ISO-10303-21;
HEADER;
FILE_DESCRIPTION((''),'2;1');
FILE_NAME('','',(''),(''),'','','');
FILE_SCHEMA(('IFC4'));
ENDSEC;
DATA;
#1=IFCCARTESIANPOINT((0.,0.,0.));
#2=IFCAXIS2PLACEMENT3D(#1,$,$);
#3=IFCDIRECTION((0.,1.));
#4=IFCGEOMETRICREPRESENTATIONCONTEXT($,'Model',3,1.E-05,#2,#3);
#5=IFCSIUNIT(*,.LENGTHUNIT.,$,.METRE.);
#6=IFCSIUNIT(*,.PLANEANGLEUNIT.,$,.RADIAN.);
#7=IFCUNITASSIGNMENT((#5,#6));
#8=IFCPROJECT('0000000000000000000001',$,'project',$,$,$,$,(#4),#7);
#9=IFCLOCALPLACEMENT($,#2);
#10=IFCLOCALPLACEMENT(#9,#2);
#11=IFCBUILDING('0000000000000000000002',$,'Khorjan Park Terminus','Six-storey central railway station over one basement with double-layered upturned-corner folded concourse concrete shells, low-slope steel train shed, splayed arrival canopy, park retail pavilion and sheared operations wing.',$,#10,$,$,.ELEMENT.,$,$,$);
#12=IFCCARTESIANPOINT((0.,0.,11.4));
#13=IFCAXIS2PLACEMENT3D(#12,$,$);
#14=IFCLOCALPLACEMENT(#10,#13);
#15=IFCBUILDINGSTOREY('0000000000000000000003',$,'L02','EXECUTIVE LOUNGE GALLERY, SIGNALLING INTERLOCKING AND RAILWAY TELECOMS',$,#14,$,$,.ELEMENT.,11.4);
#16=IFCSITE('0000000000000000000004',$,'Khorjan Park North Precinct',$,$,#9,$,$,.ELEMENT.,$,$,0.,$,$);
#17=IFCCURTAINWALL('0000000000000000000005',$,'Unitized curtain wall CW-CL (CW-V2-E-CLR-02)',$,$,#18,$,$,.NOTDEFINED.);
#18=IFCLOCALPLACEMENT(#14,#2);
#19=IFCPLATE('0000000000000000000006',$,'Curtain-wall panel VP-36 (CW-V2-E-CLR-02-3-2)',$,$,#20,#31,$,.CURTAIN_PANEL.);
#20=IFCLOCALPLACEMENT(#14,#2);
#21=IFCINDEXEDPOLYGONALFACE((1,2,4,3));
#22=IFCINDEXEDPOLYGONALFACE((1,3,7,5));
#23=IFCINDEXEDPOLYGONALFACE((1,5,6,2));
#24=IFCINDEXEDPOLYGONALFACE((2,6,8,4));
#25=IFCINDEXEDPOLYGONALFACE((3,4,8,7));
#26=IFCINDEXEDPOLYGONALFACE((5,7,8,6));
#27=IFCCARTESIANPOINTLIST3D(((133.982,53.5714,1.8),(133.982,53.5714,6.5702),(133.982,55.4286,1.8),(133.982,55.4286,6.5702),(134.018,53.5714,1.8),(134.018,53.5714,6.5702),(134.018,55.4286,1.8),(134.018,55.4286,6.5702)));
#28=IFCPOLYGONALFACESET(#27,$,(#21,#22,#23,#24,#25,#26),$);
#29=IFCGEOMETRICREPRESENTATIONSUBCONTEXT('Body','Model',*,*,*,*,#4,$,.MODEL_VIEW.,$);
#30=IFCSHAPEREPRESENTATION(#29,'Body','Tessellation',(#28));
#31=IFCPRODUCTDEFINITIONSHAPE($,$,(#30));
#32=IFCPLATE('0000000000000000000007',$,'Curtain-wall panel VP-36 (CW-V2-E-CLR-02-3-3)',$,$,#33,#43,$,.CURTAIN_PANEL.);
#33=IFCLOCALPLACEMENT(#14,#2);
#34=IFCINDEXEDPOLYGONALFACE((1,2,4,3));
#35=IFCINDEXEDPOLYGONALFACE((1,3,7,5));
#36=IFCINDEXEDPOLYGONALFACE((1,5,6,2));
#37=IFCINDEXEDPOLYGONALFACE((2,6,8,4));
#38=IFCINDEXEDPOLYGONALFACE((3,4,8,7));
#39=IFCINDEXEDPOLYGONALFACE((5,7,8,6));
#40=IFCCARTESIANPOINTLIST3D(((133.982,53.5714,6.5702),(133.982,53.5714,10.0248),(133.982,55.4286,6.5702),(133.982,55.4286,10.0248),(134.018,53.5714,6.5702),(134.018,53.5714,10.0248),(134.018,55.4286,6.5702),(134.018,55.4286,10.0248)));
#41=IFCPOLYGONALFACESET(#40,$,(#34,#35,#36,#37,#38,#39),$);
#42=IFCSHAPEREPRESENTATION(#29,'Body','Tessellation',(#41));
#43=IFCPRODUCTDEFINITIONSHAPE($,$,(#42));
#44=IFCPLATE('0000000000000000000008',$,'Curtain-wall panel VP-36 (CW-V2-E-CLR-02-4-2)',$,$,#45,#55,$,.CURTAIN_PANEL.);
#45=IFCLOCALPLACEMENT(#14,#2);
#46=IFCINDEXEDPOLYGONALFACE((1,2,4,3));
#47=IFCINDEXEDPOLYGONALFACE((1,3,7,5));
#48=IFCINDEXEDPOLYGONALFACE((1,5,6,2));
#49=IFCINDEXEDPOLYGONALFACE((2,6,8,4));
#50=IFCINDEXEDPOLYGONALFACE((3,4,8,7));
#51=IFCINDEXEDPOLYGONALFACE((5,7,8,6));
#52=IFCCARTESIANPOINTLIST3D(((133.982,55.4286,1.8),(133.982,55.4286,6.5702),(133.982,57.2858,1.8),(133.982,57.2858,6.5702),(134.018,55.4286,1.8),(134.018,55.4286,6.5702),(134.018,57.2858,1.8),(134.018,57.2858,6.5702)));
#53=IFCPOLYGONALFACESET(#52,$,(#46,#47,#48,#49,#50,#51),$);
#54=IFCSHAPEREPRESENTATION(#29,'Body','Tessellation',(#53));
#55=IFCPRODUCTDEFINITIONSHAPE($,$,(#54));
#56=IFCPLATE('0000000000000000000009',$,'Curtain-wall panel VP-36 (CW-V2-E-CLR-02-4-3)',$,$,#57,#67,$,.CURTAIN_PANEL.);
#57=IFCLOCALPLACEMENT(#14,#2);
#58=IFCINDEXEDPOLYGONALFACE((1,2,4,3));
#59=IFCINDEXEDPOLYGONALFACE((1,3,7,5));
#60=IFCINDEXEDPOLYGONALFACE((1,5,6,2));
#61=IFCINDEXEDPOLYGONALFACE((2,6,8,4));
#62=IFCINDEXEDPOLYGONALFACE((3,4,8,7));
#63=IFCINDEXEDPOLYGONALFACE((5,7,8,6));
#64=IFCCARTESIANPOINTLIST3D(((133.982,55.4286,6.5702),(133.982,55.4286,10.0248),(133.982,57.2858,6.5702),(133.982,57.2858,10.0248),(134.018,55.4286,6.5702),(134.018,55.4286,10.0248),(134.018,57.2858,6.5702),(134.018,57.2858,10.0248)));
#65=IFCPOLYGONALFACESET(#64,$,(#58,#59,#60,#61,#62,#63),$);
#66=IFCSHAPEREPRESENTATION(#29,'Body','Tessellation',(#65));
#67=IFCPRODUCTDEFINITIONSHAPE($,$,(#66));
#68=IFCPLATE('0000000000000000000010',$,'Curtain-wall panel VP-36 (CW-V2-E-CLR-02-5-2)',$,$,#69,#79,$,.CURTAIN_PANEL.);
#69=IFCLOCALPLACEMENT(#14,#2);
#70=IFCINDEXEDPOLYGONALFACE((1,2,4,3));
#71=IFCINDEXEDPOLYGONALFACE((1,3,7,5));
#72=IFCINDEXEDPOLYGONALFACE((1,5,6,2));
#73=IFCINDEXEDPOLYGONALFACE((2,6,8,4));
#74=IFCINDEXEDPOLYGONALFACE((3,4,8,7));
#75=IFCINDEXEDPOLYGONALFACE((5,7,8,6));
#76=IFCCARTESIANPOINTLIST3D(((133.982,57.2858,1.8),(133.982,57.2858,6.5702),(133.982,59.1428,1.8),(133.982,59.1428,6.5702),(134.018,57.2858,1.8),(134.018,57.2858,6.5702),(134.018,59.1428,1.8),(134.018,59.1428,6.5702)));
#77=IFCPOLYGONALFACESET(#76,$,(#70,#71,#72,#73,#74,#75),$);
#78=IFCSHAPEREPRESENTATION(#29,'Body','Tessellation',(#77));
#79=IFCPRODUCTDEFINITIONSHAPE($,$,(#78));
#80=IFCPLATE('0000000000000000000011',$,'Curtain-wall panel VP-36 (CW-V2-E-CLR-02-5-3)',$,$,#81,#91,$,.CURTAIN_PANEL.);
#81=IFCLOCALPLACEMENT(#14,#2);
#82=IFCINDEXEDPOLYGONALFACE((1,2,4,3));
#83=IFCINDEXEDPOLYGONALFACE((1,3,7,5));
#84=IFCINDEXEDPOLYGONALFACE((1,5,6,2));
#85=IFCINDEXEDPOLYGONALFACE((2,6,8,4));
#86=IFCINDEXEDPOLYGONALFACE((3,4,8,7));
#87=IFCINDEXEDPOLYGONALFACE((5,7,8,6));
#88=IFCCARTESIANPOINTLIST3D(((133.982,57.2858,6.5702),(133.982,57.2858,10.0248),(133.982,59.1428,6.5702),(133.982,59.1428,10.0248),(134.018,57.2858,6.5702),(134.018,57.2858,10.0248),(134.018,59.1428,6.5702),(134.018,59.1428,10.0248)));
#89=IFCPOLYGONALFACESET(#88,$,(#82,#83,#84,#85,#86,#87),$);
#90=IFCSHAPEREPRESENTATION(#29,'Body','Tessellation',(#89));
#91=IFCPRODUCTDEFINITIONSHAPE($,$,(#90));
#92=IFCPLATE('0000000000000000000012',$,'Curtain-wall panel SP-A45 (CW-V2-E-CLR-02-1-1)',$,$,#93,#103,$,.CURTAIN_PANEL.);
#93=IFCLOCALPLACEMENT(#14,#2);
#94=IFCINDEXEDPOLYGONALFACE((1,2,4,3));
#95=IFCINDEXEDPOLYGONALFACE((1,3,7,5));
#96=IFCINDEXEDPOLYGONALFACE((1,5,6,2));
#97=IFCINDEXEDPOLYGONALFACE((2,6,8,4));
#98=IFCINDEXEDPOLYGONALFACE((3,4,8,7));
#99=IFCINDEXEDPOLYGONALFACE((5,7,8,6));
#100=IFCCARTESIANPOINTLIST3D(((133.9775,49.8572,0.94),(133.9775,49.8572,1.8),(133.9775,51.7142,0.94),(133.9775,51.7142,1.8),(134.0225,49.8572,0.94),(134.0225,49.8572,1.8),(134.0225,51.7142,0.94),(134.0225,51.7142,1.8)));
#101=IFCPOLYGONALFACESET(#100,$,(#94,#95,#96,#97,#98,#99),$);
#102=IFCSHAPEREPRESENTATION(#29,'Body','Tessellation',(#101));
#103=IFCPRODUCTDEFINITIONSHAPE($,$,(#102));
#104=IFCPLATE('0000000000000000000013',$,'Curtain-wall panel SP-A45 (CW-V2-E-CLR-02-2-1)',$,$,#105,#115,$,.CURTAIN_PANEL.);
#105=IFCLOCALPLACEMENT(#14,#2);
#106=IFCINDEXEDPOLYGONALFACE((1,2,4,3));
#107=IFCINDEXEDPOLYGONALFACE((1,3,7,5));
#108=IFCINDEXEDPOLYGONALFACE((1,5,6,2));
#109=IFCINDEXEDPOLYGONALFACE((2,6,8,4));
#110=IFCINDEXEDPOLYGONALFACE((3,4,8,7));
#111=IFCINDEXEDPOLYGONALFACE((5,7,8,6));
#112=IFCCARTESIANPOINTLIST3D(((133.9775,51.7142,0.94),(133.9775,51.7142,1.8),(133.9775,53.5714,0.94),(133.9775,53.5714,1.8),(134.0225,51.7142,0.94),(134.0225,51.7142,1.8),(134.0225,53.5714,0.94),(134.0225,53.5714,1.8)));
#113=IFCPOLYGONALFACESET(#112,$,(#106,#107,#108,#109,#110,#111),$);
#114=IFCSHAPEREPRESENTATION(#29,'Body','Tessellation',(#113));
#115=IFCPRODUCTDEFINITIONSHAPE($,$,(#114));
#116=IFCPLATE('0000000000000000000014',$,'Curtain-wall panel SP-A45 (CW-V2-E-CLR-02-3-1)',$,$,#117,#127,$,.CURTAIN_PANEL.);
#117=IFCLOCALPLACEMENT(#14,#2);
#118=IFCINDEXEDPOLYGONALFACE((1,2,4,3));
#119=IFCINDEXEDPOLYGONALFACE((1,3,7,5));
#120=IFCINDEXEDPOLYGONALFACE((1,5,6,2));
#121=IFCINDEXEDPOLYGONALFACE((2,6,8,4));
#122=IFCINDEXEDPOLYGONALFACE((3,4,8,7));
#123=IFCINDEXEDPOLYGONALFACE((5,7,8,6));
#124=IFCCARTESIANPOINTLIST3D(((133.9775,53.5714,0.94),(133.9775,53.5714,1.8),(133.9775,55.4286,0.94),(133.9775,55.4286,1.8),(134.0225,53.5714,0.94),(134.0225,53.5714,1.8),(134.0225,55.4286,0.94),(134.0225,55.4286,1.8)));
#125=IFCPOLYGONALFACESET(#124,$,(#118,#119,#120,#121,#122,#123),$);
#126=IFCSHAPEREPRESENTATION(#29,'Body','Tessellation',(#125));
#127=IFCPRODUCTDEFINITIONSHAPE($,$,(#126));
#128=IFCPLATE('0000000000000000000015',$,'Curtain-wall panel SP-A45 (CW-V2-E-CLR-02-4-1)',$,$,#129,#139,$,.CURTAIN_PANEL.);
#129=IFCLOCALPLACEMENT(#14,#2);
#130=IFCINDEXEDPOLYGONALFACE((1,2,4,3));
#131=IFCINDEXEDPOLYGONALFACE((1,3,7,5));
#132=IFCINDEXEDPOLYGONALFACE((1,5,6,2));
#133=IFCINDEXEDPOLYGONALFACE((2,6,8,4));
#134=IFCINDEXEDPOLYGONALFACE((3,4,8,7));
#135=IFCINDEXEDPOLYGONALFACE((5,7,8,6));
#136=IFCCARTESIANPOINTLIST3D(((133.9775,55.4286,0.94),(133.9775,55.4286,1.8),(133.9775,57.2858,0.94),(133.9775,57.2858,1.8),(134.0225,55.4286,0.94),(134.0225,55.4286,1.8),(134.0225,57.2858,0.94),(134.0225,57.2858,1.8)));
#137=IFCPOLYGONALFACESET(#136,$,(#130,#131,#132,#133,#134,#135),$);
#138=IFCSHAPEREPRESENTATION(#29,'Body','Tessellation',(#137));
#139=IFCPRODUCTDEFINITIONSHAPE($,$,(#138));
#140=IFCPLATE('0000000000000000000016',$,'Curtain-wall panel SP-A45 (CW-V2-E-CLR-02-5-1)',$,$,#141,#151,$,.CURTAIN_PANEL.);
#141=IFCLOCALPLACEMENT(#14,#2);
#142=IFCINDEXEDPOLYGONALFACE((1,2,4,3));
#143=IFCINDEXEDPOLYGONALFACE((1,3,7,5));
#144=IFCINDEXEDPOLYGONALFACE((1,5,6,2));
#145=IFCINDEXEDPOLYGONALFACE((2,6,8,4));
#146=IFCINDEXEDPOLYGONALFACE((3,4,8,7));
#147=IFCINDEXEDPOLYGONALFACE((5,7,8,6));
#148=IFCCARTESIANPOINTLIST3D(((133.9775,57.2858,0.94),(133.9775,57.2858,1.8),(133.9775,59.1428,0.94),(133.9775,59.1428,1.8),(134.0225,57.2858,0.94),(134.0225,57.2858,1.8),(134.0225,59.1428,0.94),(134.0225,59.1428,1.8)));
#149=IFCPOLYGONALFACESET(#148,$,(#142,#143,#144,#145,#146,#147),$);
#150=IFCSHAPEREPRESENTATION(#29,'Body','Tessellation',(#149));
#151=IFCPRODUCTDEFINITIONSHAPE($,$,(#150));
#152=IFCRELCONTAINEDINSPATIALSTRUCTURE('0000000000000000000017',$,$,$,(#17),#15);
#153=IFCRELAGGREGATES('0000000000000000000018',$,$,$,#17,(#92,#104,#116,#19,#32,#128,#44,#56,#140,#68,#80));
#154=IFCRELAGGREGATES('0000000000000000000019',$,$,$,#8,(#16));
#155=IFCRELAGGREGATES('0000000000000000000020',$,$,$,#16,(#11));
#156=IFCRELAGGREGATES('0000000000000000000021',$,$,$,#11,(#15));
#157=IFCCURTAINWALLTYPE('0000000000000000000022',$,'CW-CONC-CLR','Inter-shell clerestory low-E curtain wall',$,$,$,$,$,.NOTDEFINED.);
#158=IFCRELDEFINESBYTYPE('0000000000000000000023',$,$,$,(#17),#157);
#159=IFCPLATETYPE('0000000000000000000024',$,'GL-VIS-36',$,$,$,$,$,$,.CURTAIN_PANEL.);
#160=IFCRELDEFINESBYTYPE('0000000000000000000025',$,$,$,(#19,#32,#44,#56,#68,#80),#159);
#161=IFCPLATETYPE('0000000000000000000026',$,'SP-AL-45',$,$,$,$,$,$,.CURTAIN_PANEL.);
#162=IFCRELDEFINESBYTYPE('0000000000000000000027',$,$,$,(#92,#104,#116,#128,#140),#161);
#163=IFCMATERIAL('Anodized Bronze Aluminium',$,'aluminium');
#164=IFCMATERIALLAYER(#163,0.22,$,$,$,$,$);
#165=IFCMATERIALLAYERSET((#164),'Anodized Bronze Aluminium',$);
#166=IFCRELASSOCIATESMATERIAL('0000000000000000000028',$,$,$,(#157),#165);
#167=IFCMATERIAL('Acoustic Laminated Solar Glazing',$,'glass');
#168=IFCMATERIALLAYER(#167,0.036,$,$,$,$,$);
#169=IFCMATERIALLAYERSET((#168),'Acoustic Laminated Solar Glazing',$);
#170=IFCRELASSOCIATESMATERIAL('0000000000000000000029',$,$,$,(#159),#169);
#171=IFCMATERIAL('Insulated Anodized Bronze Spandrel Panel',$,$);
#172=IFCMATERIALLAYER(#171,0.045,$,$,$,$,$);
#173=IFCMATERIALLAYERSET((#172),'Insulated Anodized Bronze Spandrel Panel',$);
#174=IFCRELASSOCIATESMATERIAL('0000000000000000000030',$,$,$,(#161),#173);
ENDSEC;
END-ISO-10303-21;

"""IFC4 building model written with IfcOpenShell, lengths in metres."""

from ifc_helpers import new_model, si_unit, direction, frame, origin, origin_2d, place, context, subcontext, project, spatial, rectangle, extrude, material, layer, layer_set, type_object, element, aggregate, save


model = new_model("IFC4")

# Units and contexts
model_context = context("Model", 3, precision=1e-05, world=origin(), true_north=direction((0.0, 1.0)))
body_context = subcontext(model_context, "Body", "Model", "MODEL_VIEW")
ifc_project = project(units=[si_unit("LENGTHUNIT", "METRE"), si_unit("PLANEANGLEUNIT", "RADIAN")], contexts=[model_context])

# Site, building, storey
site_placement = place(None, origin())
site = spatial("IfcSite", under=ifc_project, at=site_placement, Name="Khorjan Park North Precinct", CompositionType="ELEMENT", RefElevation=0.0)
building_placement = place(site_placement, origin())
building = spatial("IfcBuilding", under=site, at=building_placement, Name="Khorjan Park Terminus", Description="Six-storey central railway station over one basement with double-layered upturned-corner folded concourse concrete shells, low-slope steel train shed, splayed arrival canopy, park retail pavilion and sheared operations wing.", CompositionType="ELEMENT")
storey_placement = place(building_placement, frame((0.0, 0.0, 11.4)))
storey = spatial("IfcBuildingStorey", under=building, at=storey_placement, Name="L02", Description="EXECUTIVE LOUNGE GALLERY, SIGNALLING INTERLOCKING AND RAILWAY TELECOMS", CompositionType="ELEMENT", Elevation=11.4)

# Curtain wall, plates
ifc_material_1 = material(Name="Anodized Bronze Aluminium", Category="aluminium")
ifc_layer_1 = layer(ifc_material_1, 0.22)
ifc_layer_set_1 = layer_set([ifc_layer_1], Name="Anodized Bronze Aluminium")
curtain_wall_type = type_object("IfcCurtainWallType", Name="CW-CONC-CLR", Description="Inter-shell clerestory low-E curtain wall", PredefinedType="NOTDEFINED", material=ifc_layer_set_1)
curtain_wall_placement = place(storey_placement, origin())
curtain_wall = element("IfcCurtainWall", 1, at=curtain_wall_placement, inside=storey, type_object=curtain_wall_type, Name="Unitized curtain wall CW-CL (CW-V2-E-CLR-02)", PredefinedType="NOTDEFINED")
ifc_material_2 = material(Name="Acoustic Laminated Solar Glazing", Category="glass")
ifc_layer_2 = layer(ifc_material_2, 0.036)
ifc_layer_set_2 = layer_set([ifc_layer_2], Name="Acoustic Laminated Solar Glazing")
plate_type_1 = type_object("IfcPlateType", Name="GL-VIS-36", PredefinedType="CURTAIN_PANEL", material=ifc_layer_set_2)
plate_1_placement = place(storey_placement, frame((134.0, 54.5, 1.8), z_axis=(0.0, 0.0, 1.0), x_axis=(0.0, 1.0, 0.0)))
plate_1 = element("IfcPlate", 2, at=plate_1_placement, type_object=plate_type_1, Name="Curtain-wall panel VP-36 (CW-V2-E-CLR-02-3-2)", PredefinedType="CURTAIN_PANEL", context=body_context, shape_type="SweptSolid", body=[
    extrude(rectangle(XDim=1.8571, YDim=0.036, at=origin_2d()), origin(), (0.0, 0.0, 1.0), 4.7702),
])
plate_2_placement = place(storey_placement, frame((134.0, 54.5, 6.5702), z_axis=(0.0, 0.0, 1.0), x_axis=(0.0, 1.0, 0.0)))
plate_2 = element("IfcPlate", 3, at=plate_2_placement, type_object=plate_type_1, Name="Curtain-wall panel VP-36 (CW-V2-E-CLR-02-3-3)", PredefinedType="CURTAIN_PANEL", context=body_context, shape_type="SweptSolid", body=[
    extrude(rectangle(XDim=1.8571, YDim=0.036, at=origin_2d()), origin(), (0.0, 0.0, 1.0), 3.4546),
])
plate_3_placement = place(storey_placement, frame((134.0, 56.3572, 1.8), z_axis=(0.0, 0.0, 1.0), x_axis=(0.0, 1.0, 0.0)))
plate_3 = element("IfcPlate", 4, at=plate_3_placement, type_object=plate_type_1, Name="Curtain-wall panel VP-36 (CW-V2-E-CLR-02-4-2)", PredefinedType="CURTAIN_PANEL", context=body_context, shape_type="SweptSolid", body=[
    extrude(rectangle(XDim=1.8571, YDim=0.036, at=origin_2d()), origin(), (0.0, 0.0, 1.0), 4.7702),
])
plate_4_placement = place(storey_placement, frame((134.0, 56.3572, 6.5702), z_axis=(0.0, 0.0, 1.0), x_axis=(0.0, 1.0, 0.0)))
plate_4 = element("IfcPlate", 5, at=plate_4_placement, type_object=plate_type_1, Name="Curtain-wall panel VP-36 (CW-V2-E-CLR-02-4-3)", PredefinedType="CURTAIN_PANEL", context=body_context, shape_type="SweptSolid", body=[
    extrude(rectangle(XDim=1.8571, YDim=0.036, at=origin_2d()), origin(), (0.0, 0.0, 1.0), 3.4546),
])
plate_5_placement = place(storey_placement, frame((134.0, 58.2143, 1.8), z_axis=(0.0, 0.0, 1.0), x_axis=(0.0, 1.0, 0.0)))
plate_5 = element("IfcPlate", 6, at=plate_5_placement, type_object=plate_type_1, Name="Curtain-wall panel VP-36 (CW-V2-E-CLR-02-5-2)", PredefinedType="CURTAIN_PANEL", context=body_context, shape_type="SweptSolid", body=[
    extrude(rectangle(XDim=1.8571, YDim=0.036, at=origin_2d()), origin(), (0.0, 0.0, 1.0), 4.7702),
])
plate_6_placement = place(storey_placement, frame((134.0, 58.2143, 6.5702), z_axis=(0.0, 0.0, 1.0), x_axis=(0.0, 1.0, 0.0)))
plate_6 = element("IfcPlate", 7, at=plate_6_placement, type_object=plate_type_1, Name="Curtain-wall panel VP-36 (CW-V2-E-CLR-02-5-3)", PredefinedType="CURTAIN_PANEL", context=body_context, shape_type="SweptSolid", body=[
    extrude(rectangle(XDim=1.8571, YDim=0.036, at=origin_2d()), origin(), (0.0, 0.0, 1.0), 3.4546),
])
ifc_material_3 = material(Name="Insulated Anodized Bronze Spandrel Panel")
ifc_layer_3 = layer(ifc_material_3, 0.045)
ifc_layer_set_3 = layer_set([ifc_layer_3], Name="Insulated Anodized Bronze Spandrel Panel")
plate_type_2 = type_object("IfcPlateType", Name="SP-AL-45", PredefinedType="CURTAIN_PANEL", material=ifc_layer_set_3)
plate_7_placement = place(storey_placement, frame((134.0, 50.7857, 0.94), z_axis=(0.0, 0.0, 1.0), x_axis=(0.0, 1.0, 0.0)))
plate_7 = element("IfcPlate", 8, at=plate_7_placement, type_object=plate_type_2, Name="Curtain-wall panel SP-A45 (CW-V2-E-CLR-02-1-1)", PredefinedType="CURTAIN_PANEL", context=body_context, shape_type="SweptSolid", body=[
    extrude(rectangle(XDim=1.8571, YDim=0.045, at=origin_2d()), origin(), (0.0, 0.0, 1.0), 0.86),
])
plate_8_placement = place(storey_placement, frame((134.0, 52.6428, 0.94), z_axis=(0.0, 0.0, 1.0), x_axis=(0.0, 1.0, 0.0)))
plate_8 = element("IfcPlate", 9, at=plate_8_placement, type_object=plate_type_2, Name="Curtain-wall panel SP-A45 (CW-V2-E-CLR-02-2-1)", PredefinedType="CURTAIN_PANEL", context=body_context, shape_type="SweptSolid", body=[
    extrude(rectangle(XDim=1.8571, YDim=0.045, at=origin_2d()), origin(), (0.0, 0.0, 1.0), 0.86),
])
plate_9_placement = place(storey_placement, frame((134.0, 54.5, 0.94), z_axis=(0.0, 0.0, 1.0), x_axis=(0.0, 1.0, 0.0)))
plate_9 = element("IfcPlate", 10, at=plate_9_placement, type_object=plate_type_2, Name="Curtain-wall panel SP-A45 (CW-V2-E-CLR-02-3-1)", PredefinedType="CURTAIN_PANEL", context=body_context, shape_type="SweptSolid", body=[
    extrude(rectangle(XDim=1.8571, YDim=0.045, at=origin_2d()), origin(), (0.0, 0.0, 1.0), 0.86),
])
plate_10_placement = place(storey_placement, frame((134.0, 56.3572, 0.94), z_axis=(0.0, 0.0, 1.0), x_axis=(0.0, 1.0, 0.0)))
plate_10 = element("IfcPlate", 11, at=plate_10_placement, type_object=plate_type_2, Name="Curtain-wall panel SP-A45 (CW-V2-E-CLR-02-4-1)", PredefinedType="CURTAIN_PANEL", context=body_context, shape_type="SweptSolid", body=[
    extrude(rectangle(XDim=1.8571, YDim=0.045, at=origin_2d()), origin(), (0.0, 0.0, 1.0), 0.86),
])
plate_11_placement = place(storey_placement, frame((134.0, 58.2143, 0.94), z_axis=(0.0, 0.0, 1.0), x_axis=(0.0, 1.0, 0.0)))
plate_11 = element("IfcPlate", 12, at=plate_11_placement, type_object=plate_type_2, Name="Curtain-wall panel SP-A45 (CW-V2-E-CLR-02-5-1)", PredefinedType="CURTAIN_PANEL", context=body_context, shape_type="SweptSolid", body=[
    extrude(rectangle(XDim=1.8571, YDim=0.045, at=origin_2d()), origin(), (0.0, 0.0, 1.0), 0.86),
])
aggregate(curtain_wall, [plate_7, plate_8, plate_9, plate_1, plate_2, plate_10, plate_3, plate_4, plate_11, plate_5, plate_6])

save(model, "model.ifc")
